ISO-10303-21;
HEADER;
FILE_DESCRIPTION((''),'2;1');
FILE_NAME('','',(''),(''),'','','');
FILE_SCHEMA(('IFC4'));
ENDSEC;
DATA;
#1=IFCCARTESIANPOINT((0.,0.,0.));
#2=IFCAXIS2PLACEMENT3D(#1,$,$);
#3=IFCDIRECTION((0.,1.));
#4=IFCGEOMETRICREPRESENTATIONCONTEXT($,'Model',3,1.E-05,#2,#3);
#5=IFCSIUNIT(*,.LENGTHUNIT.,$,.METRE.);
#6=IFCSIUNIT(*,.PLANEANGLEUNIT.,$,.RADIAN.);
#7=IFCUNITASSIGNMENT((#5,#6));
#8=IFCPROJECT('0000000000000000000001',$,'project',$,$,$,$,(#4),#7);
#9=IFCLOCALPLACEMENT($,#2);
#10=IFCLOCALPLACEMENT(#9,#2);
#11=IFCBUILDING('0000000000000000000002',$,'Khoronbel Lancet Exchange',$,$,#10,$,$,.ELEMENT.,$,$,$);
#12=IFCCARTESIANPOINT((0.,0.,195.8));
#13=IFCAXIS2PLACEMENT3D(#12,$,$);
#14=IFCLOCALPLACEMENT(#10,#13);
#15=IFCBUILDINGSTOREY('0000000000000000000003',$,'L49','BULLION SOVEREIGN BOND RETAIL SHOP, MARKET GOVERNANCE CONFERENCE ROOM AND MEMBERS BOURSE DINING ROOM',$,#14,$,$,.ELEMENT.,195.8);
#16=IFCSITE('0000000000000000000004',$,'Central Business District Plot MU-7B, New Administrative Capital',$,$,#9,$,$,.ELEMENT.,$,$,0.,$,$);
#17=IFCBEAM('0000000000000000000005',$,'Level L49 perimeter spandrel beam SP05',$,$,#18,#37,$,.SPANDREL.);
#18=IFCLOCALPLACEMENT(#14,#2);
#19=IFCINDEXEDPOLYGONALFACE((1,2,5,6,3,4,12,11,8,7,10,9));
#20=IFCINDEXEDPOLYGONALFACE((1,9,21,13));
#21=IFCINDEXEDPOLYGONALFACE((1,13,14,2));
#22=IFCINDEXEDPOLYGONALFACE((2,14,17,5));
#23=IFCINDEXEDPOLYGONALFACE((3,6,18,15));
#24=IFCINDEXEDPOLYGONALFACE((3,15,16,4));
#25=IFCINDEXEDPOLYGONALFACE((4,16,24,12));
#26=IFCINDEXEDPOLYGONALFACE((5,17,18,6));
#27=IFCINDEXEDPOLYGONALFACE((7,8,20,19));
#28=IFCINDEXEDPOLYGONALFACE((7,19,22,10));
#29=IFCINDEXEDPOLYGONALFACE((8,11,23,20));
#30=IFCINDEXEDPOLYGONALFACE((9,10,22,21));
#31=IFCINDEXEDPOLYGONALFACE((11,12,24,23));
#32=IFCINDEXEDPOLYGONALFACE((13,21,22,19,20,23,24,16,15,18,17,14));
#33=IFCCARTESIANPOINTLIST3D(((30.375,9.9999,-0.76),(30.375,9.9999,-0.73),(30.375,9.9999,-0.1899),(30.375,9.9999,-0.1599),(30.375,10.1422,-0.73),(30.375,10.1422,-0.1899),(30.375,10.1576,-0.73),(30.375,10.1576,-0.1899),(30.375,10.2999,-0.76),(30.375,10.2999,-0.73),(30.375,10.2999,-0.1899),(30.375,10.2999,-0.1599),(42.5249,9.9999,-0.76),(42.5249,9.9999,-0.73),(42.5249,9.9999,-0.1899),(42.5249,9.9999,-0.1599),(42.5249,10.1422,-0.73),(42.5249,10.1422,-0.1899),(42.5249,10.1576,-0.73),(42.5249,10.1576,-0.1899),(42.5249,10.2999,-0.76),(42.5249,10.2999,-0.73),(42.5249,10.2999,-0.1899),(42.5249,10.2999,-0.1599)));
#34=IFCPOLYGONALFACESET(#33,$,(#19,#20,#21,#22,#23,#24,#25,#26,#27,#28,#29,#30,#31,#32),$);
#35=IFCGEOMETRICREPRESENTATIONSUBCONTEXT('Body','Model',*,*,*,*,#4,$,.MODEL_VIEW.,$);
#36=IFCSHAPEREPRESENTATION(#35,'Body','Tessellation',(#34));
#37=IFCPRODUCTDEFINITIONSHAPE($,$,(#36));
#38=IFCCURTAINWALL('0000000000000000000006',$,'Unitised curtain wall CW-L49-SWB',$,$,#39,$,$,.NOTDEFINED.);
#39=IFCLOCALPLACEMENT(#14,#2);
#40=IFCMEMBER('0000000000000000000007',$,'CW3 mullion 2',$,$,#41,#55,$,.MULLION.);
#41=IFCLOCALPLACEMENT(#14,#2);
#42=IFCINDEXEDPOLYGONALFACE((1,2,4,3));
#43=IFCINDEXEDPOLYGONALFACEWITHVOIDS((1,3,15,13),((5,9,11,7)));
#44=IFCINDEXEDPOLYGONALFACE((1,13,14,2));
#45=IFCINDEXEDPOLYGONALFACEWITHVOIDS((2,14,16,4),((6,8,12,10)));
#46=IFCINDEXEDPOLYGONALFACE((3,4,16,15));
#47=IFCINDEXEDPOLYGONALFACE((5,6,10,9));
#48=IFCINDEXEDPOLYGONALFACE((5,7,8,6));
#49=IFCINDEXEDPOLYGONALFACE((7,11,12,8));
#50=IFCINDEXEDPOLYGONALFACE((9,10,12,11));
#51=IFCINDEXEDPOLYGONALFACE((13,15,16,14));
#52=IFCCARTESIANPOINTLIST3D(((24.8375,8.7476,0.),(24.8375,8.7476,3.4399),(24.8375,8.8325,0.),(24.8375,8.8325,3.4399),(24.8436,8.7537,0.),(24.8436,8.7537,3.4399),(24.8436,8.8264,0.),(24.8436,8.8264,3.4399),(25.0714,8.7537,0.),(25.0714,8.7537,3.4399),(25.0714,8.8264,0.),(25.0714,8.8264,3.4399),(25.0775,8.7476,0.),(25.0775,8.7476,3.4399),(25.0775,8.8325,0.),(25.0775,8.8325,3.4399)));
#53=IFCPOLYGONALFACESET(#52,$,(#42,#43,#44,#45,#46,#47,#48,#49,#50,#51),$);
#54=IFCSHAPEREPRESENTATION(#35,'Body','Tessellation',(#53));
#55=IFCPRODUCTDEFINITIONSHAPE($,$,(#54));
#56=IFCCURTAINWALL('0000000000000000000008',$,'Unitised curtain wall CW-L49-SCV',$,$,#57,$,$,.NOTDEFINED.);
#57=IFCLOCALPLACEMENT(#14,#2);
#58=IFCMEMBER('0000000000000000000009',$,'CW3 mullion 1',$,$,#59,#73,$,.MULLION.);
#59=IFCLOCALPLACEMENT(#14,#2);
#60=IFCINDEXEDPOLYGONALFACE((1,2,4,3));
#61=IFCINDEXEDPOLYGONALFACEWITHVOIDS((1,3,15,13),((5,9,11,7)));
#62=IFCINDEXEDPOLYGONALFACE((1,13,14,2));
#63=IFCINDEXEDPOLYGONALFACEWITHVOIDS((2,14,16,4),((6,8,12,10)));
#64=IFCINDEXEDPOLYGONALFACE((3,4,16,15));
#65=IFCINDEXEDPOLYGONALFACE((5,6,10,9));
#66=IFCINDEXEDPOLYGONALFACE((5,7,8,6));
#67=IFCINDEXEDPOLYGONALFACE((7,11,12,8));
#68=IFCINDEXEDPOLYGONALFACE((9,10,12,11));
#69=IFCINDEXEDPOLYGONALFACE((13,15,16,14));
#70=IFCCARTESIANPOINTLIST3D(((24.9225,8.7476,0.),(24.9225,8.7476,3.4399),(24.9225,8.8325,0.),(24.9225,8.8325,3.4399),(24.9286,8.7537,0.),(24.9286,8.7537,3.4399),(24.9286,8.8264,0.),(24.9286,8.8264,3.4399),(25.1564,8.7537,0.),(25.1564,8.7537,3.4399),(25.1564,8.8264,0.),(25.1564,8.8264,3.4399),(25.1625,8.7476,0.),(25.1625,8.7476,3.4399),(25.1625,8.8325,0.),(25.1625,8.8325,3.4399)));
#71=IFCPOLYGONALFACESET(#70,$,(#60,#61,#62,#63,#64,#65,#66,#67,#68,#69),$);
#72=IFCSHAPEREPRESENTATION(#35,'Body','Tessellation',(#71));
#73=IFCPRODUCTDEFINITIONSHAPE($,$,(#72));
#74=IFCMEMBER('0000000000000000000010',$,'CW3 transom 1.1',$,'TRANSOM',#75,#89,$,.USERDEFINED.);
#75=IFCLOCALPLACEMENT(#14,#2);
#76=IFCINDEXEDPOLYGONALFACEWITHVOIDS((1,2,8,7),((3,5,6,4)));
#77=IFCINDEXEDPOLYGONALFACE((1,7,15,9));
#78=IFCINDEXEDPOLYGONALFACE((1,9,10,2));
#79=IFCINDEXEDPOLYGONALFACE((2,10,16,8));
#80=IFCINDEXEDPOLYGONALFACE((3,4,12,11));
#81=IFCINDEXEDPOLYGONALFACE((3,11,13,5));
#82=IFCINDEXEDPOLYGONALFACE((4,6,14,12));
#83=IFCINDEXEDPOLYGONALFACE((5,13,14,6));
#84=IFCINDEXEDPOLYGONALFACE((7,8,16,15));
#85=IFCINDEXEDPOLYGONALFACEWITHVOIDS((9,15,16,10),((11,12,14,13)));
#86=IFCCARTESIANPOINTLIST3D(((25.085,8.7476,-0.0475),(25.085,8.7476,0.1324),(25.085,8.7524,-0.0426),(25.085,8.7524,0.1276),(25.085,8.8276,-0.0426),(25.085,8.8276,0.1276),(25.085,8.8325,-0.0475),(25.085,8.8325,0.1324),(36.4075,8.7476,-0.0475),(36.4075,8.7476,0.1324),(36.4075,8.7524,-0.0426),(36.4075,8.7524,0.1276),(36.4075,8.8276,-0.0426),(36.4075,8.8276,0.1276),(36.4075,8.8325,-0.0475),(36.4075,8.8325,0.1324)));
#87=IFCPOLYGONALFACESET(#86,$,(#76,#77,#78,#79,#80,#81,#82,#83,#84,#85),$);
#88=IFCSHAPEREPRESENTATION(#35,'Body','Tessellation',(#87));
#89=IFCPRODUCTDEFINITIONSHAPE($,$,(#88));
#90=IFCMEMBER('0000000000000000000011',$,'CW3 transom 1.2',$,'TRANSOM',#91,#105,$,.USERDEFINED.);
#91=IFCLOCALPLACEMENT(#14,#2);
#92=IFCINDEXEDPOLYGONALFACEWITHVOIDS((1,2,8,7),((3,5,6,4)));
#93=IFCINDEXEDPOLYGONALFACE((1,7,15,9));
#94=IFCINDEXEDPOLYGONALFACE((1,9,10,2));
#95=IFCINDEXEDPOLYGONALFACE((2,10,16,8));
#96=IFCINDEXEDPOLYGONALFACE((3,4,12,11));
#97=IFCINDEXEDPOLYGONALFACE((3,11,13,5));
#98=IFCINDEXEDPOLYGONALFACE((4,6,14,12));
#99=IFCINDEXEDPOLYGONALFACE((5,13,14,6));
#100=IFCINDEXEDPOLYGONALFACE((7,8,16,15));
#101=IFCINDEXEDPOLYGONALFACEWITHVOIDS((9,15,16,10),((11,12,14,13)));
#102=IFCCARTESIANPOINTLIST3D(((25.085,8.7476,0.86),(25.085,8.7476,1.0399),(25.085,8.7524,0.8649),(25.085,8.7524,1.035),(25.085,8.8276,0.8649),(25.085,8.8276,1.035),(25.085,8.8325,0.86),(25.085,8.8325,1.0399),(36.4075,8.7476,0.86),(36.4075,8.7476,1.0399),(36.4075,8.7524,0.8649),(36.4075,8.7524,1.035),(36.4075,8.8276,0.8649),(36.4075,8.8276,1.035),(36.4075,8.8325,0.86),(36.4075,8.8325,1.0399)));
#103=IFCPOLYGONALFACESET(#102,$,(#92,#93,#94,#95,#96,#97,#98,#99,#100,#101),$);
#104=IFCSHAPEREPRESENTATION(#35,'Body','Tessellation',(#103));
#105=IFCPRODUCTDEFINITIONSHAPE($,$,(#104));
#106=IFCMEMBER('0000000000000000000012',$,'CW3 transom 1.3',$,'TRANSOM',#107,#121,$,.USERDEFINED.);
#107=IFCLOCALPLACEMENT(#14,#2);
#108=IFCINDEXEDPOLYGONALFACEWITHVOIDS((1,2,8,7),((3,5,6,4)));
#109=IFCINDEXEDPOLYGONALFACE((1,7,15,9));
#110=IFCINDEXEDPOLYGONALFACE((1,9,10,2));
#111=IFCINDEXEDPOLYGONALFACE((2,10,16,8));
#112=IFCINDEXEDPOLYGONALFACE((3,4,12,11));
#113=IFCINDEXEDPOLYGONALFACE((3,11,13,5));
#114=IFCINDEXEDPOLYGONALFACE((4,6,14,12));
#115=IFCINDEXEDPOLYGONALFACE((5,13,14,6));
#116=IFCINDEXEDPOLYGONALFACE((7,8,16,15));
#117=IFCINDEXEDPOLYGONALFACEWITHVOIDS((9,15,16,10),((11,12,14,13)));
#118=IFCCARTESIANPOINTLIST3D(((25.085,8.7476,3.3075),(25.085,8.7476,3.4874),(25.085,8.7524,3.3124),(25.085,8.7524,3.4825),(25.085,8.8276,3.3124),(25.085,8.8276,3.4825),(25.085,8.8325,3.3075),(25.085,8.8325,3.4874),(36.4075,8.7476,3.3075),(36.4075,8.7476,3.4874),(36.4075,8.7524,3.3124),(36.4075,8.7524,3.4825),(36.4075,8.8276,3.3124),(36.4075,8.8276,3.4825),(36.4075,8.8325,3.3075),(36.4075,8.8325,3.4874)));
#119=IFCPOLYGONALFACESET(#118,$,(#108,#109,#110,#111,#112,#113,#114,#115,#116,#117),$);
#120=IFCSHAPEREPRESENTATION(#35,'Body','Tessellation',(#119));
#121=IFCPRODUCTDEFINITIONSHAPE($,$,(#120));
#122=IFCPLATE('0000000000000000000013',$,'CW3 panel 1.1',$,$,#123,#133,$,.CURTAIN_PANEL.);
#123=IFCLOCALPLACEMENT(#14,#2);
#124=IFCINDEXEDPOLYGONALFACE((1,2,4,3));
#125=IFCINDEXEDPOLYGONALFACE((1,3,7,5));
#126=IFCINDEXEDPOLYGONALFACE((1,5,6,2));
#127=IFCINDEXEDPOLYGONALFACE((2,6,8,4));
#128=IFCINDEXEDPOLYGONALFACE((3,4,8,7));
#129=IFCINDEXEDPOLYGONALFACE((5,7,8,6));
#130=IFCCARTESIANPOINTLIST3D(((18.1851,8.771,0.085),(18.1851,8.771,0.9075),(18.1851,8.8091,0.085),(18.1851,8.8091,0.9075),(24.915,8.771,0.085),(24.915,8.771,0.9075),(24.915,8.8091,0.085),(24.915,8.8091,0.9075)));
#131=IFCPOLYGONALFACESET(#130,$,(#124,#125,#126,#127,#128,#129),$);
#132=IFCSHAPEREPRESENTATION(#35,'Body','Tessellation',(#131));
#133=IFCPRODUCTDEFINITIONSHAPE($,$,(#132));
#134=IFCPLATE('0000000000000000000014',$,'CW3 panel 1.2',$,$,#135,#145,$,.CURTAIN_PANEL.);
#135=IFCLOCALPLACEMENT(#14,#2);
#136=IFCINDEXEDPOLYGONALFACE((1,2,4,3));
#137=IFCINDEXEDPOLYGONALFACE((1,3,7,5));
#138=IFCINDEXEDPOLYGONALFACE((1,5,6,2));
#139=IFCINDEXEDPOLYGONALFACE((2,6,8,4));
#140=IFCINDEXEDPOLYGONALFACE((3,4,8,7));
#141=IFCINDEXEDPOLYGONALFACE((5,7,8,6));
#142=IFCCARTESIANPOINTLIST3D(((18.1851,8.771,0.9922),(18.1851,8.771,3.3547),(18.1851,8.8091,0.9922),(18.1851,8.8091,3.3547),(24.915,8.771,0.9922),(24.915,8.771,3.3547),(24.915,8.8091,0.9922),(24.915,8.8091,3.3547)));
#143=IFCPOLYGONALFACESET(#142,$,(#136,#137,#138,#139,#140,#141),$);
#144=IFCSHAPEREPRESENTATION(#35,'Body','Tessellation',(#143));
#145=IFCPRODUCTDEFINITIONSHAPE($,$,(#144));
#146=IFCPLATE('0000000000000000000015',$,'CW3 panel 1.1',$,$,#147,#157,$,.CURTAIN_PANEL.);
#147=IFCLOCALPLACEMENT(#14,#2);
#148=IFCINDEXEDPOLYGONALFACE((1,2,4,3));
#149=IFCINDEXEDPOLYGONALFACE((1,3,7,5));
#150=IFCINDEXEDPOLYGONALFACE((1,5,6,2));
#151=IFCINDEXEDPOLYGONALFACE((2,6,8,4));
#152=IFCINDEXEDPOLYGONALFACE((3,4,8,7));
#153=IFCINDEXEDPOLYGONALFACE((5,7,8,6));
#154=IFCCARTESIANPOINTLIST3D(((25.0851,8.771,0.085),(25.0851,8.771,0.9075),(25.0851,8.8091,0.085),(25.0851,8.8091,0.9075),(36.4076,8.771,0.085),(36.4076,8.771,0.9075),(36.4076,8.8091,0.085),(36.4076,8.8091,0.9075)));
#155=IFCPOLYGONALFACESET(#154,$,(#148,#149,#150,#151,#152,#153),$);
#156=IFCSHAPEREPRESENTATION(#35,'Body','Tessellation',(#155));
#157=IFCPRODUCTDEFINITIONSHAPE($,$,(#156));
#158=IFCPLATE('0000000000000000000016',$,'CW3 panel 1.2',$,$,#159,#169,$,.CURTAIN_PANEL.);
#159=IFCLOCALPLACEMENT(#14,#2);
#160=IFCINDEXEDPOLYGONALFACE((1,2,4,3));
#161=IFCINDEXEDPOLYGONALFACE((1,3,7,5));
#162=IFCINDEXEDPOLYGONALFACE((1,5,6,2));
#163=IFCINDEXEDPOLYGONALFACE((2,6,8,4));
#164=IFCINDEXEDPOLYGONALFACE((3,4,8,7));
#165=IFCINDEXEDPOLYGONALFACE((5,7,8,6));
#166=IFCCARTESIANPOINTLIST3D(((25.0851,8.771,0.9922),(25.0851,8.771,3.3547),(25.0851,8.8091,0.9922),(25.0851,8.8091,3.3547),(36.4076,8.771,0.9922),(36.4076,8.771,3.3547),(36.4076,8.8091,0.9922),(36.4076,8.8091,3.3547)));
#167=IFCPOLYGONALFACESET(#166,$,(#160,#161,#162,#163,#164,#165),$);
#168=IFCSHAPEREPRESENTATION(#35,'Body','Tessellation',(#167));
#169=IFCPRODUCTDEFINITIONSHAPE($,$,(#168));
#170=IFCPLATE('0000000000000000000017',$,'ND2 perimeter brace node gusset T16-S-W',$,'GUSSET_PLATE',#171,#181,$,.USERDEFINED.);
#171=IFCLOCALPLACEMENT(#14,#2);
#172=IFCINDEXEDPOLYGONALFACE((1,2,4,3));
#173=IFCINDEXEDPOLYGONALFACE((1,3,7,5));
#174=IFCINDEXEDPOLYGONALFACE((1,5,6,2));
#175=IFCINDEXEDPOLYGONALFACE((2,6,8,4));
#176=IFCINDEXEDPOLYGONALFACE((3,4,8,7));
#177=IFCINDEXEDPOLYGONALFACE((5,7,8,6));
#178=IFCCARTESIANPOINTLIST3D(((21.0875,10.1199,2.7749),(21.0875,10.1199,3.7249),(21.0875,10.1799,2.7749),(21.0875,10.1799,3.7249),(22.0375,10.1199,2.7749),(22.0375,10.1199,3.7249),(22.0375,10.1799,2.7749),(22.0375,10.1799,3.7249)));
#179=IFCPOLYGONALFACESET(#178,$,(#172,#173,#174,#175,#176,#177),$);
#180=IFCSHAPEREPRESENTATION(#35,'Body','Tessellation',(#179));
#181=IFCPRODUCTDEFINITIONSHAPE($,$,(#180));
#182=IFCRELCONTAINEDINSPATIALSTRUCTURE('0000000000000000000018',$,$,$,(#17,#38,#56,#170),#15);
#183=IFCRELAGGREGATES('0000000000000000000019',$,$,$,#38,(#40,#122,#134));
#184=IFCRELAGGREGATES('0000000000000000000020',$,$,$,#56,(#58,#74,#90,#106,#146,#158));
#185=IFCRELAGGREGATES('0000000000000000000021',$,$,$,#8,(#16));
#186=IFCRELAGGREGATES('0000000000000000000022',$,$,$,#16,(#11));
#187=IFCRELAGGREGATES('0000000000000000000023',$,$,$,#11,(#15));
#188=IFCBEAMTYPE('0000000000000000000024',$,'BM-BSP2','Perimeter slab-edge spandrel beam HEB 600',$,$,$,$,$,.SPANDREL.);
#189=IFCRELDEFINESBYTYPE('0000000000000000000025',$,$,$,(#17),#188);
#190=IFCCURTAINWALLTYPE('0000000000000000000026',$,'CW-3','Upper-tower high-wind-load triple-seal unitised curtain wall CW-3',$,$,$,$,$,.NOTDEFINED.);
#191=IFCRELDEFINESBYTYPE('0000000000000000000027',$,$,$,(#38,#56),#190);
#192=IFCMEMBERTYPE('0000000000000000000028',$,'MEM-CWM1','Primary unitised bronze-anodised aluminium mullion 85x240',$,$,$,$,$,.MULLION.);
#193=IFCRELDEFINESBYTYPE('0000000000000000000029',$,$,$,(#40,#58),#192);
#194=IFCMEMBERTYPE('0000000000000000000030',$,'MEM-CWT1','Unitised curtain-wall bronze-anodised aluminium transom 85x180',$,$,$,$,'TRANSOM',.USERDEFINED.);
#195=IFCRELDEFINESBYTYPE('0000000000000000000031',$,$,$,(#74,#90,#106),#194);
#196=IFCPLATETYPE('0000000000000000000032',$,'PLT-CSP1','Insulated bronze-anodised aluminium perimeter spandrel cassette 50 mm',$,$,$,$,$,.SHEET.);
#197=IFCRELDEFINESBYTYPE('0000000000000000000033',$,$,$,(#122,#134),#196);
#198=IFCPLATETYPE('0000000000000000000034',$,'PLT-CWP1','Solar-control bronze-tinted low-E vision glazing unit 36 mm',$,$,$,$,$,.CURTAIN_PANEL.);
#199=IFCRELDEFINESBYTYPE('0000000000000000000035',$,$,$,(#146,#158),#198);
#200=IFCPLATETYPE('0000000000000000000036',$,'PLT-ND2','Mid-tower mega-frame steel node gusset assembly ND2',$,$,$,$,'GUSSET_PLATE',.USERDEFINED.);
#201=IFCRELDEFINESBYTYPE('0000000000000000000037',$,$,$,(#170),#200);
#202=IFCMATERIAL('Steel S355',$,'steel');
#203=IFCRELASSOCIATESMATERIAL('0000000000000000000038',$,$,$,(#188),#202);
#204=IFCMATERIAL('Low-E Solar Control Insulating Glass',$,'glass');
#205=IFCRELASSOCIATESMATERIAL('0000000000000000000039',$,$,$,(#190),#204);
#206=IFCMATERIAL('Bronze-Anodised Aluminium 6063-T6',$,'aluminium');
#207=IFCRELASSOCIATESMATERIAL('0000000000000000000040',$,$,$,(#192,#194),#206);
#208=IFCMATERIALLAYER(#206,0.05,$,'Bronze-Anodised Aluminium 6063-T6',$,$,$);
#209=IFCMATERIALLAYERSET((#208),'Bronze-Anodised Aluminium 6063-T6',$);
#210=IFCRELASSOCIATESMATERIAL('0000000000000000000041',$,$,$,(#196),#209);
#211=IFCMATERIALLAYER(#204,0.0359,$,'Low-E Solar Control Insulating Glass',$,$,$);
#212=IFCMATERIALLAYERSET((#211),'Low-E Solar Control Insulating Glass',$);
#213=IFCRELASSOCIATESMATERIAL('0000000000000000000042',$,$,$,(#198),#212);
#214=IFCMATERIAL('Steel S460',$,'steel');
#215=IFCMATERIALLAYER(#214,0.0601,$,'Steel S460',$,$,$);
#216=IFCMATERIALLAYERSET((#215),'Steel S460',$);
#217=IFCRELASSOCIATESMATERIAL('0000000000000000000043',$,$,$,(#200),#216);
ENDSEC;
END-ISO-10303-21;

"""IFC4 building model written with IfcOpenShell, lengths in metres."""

from ifc_helpers import new_model, si_unit, direction, frame, origin, origin_2d, place, context, subcontext, project, spatial, rectangle, hollow_rectangle, i_section, extrude, material, layer, layer_set, material_profile, profile_set, type_object, element, aggregate, save


model = new_model("IFC4")

# Units and contexts
model_context = context("Model", 3, precision=1e-05, world=origin(), true_north=direction((0.0, 1.0)))
body_context = subcontext(model_context, "Body", "Model", "MODEL_VIEW")
ifc_project = project(units=[si_unit("LENGTHUNIT", "METRE"), si_unit("PLANEANGLEUNIT", "RADIAN")], contexts=[model_context])

# Site, building, storey
site_placement = place(None, origin())
site = spatial("IfcSite", under=ifc_project, at=site_placement, Name="Central Business District Plot MU-7B, New Administrative Capital", CompositionType="ELEMENT", RefElevation=0.0)
building_placement = place(site_placement, origin())
building = spatial("IfcBuilding", under=site, at=building_placement, Name="Khoronbel Lancet Exchange", CompositionType="ELEMENT")
storey_placement = place(building_placement, frame((0.0, 0.0, 195.8)))
storey = spatial("IfcBuildingStorey", under=building, at=storey_placement, Name="L49", Description="BULLION SOVEREIGN BOND RETAIL SHOP, MARKET GOVERNANCE CONFERENCE ROOM AND MEMBERS BOURSE DINING ROOM", CompositionType="ELEMENT", Elevation=195.8)

# Shared definitions
ifc_material_1 = material(Name="Steel S460", Category="steel")

# Beam
ifc_material_2 = material(Name="Steel S355", Category="steel")
ifc_material_profile_1 = material_profile(ifc_material_2, i_section(OverallWidth=0.3, OverallDepth=0.6001, WebThickness=0.0154, FlangeThickness=0.03, at=origin_2d()), Name="HEB 600")
ifc_profile_set_1 = profile_set([ifc_material_profile_1], Name="Steel S355")
beam_type_1 = type_object("IfcBeamType", Name="BM-BSP2", Description="Perimeter slab-edge spandrel beam HEB 600", PredefinedType="SPANDREL", material=ifc_profile_set_1)
beam_1_placement = place(storey_placement, frame((30.375, 10.1499, -0.46), z_axis=(1.0, 0.0, 0.0), x_axis=(0.0, 1.0, 0.0)))
element("IfcBeam", 1, at=beam_1_placement, inside=storey, type_object=beam_type_1, Name="Level L49 perimeter spandrel beam SP05", PredefinedType="SPANDREL", context=body_context, shape_type="SweptSolid", body=[
    extrude(i_section(OverallWidth=0.3, OverallDepth=0.6001, WebThickness=0.0154, FlangeThickness=0.03, at=origin_2d()), origin(), (0.0, 0.0, 1.0), 12.1499),
])

# Curtain wall, member
ifc_material_3 = material(Name="Low-E Solar Control Insulating Glass", Category="glass")
curtain_wall_type = type_object("IfcCurtainWallType", Name="CW-3", Description="Upper-tower high-wind-load triple-seal unitised curtain wall CW-3", PredefinedType="NOTDEFINED", material=ifc_material_3)
curtain_wall_1_placement = place(storey_placement, origin())
curtain_wall_1 = element("IfcCurtainWall", 2, at=curtain_wall_1_placement, inside=storey, type_object=curtain_wall_type, Name="Unitised curtain wall CW-L49-SWB", PredefinedType="NOTDEFINED")
ifc_material_4 = material(Name="Bronze-Anodised Aluminium 6063-T6", Category="aluminium")
ifc_material_profile_2 = material_profile(ifc_material_4, hollow_rectangle(XDim=0.085, YDim=0.24, WallThickness=0.0061, at=origin_2d()), Name="ALU MULLION 85x240")
ifc_profile_set_2 = profile_set([ifc_material_profile_2], Name="Bronze-Anodised Aluminium 6063-T6")
member_type_1 = type_object("IfcMemberType", Name="MEM-CWM1", Description="Primary unitised bronze-anodised aluminium mullion 85x240", PredefinedType="MULLION", material=ifc_profile_set_2)
member_1_placement = place(storey_placement, frame((24.9575, 8.79, 0.0), z_axis=(0.0, 0.0, 1.0), x_axis=(0.0, 1.0, 0.0)))
member_1 = element("IfcMember", 3, at=member_1_placement, type_object=member_type_1, Name="CW3 mullion 2", PredefinedType="MULLION", context=body_context, shape_type="SweptSolid", body=[
    extrude(hollow_rectangle(XDim=0.085, YDim=0.24, WallThickness=0.0061, at=origin_2d()), origin(), (0.0, 0.0, 1.0), 3.4399),
])

# Curtain wall, members
curtain_wall_2_placement = place(storey_placement, origin())
curtain_wall_2 = element("IfcCurtainWall", 4, at=curtain_wall_2_placement, inside=storey, type_object=curtain_wall_type, Name="Unitised curtain wall CW-L49-SCV", PredefinedType="NOTDEFINED")
member_2_placement = place(storey_placement, frame((25.0425, 8.79, 0.0), z_axis=(0.0, 0.0, 1.0), x_axis=(0.0, 1.0, 0.0)))
member_2 = element("IfcMember", 5, at=member_2_placement, type_object=member_type_1, Name="CW3 mullion 1", PredefinedType="MULLION", context=body_context, shape_type="SweptSolid", body=[
    extrude(hollow_rectangle(XDim=0.085, YDim=0.24, WallThickness=0.0061, at=origin_2d()), origin(), (0.0, 0.0, 1.0), 3.4399),
])
ifc_material_profile_3 = material_profile(ifc_material_4, hollow_rectangle(XDim=0.085, YDim=0.1799, WallThickness=0.0049, at=origin_2d()), Name="ALU TRANSOM 85x180")
ifc_profile_set_3 = profile_set([ifc_material_profile_3], Name="Bronze-Anodised Aluminium 6063-T6")
member_type_2 = type_object("IfcMemberType", Name="MEM-CWT1", Description="Unitised curtain-wall bronze-anodised aluminium transom 85x180", ElementType="TRANSOM", PredefinedType="USERDEFINED", material=ifc_profile_set_3)
member_3_placement = place(storey_placement, frame((25.085, 8.79, 0.0425), z_axis=(1.0, 0.0, 0.0), x_axis=(0.0, 1.0, 0.0)))
member_3 = element("IfcMember", 6, at=member_3_placement, type_object=member_type_2, Name="CW3 transom 1.1", ObjectType="TRANSOM", PredefinedType="USERDEFINED", context=body_context, shape_type="SweptSolid", body=[
    extrude(hollow_rectangle(XDim=0.085, YDim=0.1799, WallThickness=0.0049, at=origin_2d()), origin(), (0.0, 0.0, 1.0), 11.3225),
])
member_4_placement = place(storey_placement, frame((25.085, 8.79, 0.95), z_axis=(1.0, 0.0, 0.0), x_axis=(0.0, 1.0, 0.0)))
member_4 = element("IfcMember", 7, at=member_4_placement, type_object=member_type_2, Name="CW3 transom 1.2", ObjectType="TRANSOM", PredefinedType="USERDEFINED", context=body_context, shape_type="SweptSolid", body=[
    extrude(hollow_rectangle(XDim=0.085, YDim=0.1799, WallThickness=0.0049, at=origin_2d()), origin(), (0.0, 0.0, 1.0), 11.3225),
])
member_5_placement = place(storey_placement, frame((25.085, 8.79, 3.3975), z_axis=(1.0, 0.0, 0.0), x_axis=(0.0, 1.0, 0.0)))
member_5 = element("IfcMember", 8, at=member_5_placement, type_object=member_type_2, Name="CW3 transom 1.3", ObjectType="TRANSOM", PredefinedType="USERDEFINED", context=body_context, shape_type="SweptSolid", body=[
    extrude(hollow_rectangle(XDim=0.085, YDim=0.1799, WallThickness=0.0049, at=origin_2d()), origin(), (0.0, 0.0, 1.0), 11.3225),
])

# Plates
ifc_layer_1 = layer(ifc_material_4, 0.05, Name="Bronze-Anodised Aluminium 6063-T6")
ifc_layer_set_1 = layer_set([ifc_layer_1], Name="Bronze-Anodised Aluminium 6063-T6")
plate_type_1 = type_object("IfcPlateType", Name="PLT-CSP1", Description="Insulated bronze-anodised aluminium perimeter spandrel cassette 50 mm", PredefinedType="SHEET", material=ifc_layer_set_1)
plate_1_placement = place(storey_placement, frame((21.55, 8.79, 0.085), z_axis=(0.0, 0.0, 1.0), x_axis=(1.0, 0.0, 0.0)))
plate_1 = element("IfcPlate", 9, at=plate_1_placement, type_object=plate_type_1, Name="CW3 panel 1.1", PredefinedType="CURTAIN_PANEL", context=body_context, shape_type="SweptSolid", body=[
    extrude(rectangle(XDim=6.73, YDim=0.0381, at=origin_2d()), origin(), (0.0, 0.0, 1.0), 0.8225),
])
plate_2_placement = place(storey_placement, frame((21.55, 8.79, 0.9922), z_axis=(0.0, 0.0, 1.0), x_axis=(1.0, 0.0, 0.0)))
plate_2 = element("IfcPlate", 10, at=plate_2_placement, type_object=plate_type_1, Name="CW3 panel 1.2", PredefinedType="CURTAIN_PANEL", context=body_context, shape_type="SweptSolid", body=[
    extrude(rectangle(XDim=6.73, YDim=0.0381, at=origin_2d()), origin(), (0.0, 0.0, 1.0), 2.3625),
])
aggregate(curtain_wall_1, [member_1, plate_1, plate_2])
ifc_layer_2 = layer(ifc_material_3, 0.0359, Name="Low-E Solar Control Insulating Glass")
ifc_layer_set_2 = layer_set([ifc_layer_2], Name="Low-E Solar Control Insulating Glass")
plate_type_2 = type_object("IfcPlateType", Name="PLT-CWP1", Description="Solar-control bronze-tinted low-E vision glazing unit 36 mm", PredefinedType="CURTAIN_PANEL", material=ifc_layer_set_2)
plate_3_placement = place(storey_placement, frame((30.7463, 8.79, 0.085), z_axis=(0.0, 0.0, 1.0), x_axis=(1.0, 0.0, 0.0)))
plate_3 = element("IfcPlate", 11, at=plate_3_placement, type_object=plate_type_2, Name="CW3 panel 1.1", PredefinedType="CURTAIN_PANEL", context=body_context, shape_type="SweptSolid", body=[
    extrude(rectangle(XDim=11.3225, YDim=0.0381, at=origin_2d()), origin(), (0.0, 0.0, 1.0), 0.8225),
])
plate_4_placement = place(storey_placement, frame((30.7463, 8.79, 0.9922), z_axis=(0.0, 0.0, 1.0), x_axis=(1.0, 0.0, 0.0)))
plate_4 = element("IfcPlate", 12, at=plate_4_placement, type_object=plate_type_2, Name="CW3 panel 1.2", PredefinedType="CURTAIN_PANEL", context=body_context, shape_type="SweptSolid", body=[
    extrude(rectangle(XDim=11.3225, YDim=0.0381, at=origin_2d()), origin(), (0.0, 0.0, 1.0), 2.3625),
])
aggregate(curtain_wall_2, [member_2, member_3, member_4, member_5, plate_3, plate_4])
ifc_layer_3 = layer(ifc_material_1, 0.0601, Name="Steel S460")
ifc_layer_set_3 = layer_set([ifc_layer_3], Name="Steel S460")
plate_type_3 = type_object("IfcPlateType", Name="PLT-ND2", Description="Mid-tower mega-frame steel node gusset assembly ND2", ElementType="GUSSET_PLATE", PredefinedType="USERDEFINED", material=ifc_layer_set_3)
plate_5_placement = place(storey_placement, frame((21.5625, 10.1499, 2.7749), z_axis=(0.0, 0.0, 1.0), x_axis=(1.0, 0.0, 0.0)))
element("IfcPlate", 13, at=plate_5_placement, inside=storey, type_object=plate_type_3, Name="ND2 perimeter brace node gusset T16-S-W", ObjectType="GUSSET_PLATE", PredefinedType="USERDEFINED", context=body_context, shape_type="SweptSolid", body=[
    extrude(rectangle(XDim=0.95, YDim=0.0601, at=origin_2d()), origin(), (0.0, 0.0, 1.0), 0.95),
])

save(model, "model.ifc")
